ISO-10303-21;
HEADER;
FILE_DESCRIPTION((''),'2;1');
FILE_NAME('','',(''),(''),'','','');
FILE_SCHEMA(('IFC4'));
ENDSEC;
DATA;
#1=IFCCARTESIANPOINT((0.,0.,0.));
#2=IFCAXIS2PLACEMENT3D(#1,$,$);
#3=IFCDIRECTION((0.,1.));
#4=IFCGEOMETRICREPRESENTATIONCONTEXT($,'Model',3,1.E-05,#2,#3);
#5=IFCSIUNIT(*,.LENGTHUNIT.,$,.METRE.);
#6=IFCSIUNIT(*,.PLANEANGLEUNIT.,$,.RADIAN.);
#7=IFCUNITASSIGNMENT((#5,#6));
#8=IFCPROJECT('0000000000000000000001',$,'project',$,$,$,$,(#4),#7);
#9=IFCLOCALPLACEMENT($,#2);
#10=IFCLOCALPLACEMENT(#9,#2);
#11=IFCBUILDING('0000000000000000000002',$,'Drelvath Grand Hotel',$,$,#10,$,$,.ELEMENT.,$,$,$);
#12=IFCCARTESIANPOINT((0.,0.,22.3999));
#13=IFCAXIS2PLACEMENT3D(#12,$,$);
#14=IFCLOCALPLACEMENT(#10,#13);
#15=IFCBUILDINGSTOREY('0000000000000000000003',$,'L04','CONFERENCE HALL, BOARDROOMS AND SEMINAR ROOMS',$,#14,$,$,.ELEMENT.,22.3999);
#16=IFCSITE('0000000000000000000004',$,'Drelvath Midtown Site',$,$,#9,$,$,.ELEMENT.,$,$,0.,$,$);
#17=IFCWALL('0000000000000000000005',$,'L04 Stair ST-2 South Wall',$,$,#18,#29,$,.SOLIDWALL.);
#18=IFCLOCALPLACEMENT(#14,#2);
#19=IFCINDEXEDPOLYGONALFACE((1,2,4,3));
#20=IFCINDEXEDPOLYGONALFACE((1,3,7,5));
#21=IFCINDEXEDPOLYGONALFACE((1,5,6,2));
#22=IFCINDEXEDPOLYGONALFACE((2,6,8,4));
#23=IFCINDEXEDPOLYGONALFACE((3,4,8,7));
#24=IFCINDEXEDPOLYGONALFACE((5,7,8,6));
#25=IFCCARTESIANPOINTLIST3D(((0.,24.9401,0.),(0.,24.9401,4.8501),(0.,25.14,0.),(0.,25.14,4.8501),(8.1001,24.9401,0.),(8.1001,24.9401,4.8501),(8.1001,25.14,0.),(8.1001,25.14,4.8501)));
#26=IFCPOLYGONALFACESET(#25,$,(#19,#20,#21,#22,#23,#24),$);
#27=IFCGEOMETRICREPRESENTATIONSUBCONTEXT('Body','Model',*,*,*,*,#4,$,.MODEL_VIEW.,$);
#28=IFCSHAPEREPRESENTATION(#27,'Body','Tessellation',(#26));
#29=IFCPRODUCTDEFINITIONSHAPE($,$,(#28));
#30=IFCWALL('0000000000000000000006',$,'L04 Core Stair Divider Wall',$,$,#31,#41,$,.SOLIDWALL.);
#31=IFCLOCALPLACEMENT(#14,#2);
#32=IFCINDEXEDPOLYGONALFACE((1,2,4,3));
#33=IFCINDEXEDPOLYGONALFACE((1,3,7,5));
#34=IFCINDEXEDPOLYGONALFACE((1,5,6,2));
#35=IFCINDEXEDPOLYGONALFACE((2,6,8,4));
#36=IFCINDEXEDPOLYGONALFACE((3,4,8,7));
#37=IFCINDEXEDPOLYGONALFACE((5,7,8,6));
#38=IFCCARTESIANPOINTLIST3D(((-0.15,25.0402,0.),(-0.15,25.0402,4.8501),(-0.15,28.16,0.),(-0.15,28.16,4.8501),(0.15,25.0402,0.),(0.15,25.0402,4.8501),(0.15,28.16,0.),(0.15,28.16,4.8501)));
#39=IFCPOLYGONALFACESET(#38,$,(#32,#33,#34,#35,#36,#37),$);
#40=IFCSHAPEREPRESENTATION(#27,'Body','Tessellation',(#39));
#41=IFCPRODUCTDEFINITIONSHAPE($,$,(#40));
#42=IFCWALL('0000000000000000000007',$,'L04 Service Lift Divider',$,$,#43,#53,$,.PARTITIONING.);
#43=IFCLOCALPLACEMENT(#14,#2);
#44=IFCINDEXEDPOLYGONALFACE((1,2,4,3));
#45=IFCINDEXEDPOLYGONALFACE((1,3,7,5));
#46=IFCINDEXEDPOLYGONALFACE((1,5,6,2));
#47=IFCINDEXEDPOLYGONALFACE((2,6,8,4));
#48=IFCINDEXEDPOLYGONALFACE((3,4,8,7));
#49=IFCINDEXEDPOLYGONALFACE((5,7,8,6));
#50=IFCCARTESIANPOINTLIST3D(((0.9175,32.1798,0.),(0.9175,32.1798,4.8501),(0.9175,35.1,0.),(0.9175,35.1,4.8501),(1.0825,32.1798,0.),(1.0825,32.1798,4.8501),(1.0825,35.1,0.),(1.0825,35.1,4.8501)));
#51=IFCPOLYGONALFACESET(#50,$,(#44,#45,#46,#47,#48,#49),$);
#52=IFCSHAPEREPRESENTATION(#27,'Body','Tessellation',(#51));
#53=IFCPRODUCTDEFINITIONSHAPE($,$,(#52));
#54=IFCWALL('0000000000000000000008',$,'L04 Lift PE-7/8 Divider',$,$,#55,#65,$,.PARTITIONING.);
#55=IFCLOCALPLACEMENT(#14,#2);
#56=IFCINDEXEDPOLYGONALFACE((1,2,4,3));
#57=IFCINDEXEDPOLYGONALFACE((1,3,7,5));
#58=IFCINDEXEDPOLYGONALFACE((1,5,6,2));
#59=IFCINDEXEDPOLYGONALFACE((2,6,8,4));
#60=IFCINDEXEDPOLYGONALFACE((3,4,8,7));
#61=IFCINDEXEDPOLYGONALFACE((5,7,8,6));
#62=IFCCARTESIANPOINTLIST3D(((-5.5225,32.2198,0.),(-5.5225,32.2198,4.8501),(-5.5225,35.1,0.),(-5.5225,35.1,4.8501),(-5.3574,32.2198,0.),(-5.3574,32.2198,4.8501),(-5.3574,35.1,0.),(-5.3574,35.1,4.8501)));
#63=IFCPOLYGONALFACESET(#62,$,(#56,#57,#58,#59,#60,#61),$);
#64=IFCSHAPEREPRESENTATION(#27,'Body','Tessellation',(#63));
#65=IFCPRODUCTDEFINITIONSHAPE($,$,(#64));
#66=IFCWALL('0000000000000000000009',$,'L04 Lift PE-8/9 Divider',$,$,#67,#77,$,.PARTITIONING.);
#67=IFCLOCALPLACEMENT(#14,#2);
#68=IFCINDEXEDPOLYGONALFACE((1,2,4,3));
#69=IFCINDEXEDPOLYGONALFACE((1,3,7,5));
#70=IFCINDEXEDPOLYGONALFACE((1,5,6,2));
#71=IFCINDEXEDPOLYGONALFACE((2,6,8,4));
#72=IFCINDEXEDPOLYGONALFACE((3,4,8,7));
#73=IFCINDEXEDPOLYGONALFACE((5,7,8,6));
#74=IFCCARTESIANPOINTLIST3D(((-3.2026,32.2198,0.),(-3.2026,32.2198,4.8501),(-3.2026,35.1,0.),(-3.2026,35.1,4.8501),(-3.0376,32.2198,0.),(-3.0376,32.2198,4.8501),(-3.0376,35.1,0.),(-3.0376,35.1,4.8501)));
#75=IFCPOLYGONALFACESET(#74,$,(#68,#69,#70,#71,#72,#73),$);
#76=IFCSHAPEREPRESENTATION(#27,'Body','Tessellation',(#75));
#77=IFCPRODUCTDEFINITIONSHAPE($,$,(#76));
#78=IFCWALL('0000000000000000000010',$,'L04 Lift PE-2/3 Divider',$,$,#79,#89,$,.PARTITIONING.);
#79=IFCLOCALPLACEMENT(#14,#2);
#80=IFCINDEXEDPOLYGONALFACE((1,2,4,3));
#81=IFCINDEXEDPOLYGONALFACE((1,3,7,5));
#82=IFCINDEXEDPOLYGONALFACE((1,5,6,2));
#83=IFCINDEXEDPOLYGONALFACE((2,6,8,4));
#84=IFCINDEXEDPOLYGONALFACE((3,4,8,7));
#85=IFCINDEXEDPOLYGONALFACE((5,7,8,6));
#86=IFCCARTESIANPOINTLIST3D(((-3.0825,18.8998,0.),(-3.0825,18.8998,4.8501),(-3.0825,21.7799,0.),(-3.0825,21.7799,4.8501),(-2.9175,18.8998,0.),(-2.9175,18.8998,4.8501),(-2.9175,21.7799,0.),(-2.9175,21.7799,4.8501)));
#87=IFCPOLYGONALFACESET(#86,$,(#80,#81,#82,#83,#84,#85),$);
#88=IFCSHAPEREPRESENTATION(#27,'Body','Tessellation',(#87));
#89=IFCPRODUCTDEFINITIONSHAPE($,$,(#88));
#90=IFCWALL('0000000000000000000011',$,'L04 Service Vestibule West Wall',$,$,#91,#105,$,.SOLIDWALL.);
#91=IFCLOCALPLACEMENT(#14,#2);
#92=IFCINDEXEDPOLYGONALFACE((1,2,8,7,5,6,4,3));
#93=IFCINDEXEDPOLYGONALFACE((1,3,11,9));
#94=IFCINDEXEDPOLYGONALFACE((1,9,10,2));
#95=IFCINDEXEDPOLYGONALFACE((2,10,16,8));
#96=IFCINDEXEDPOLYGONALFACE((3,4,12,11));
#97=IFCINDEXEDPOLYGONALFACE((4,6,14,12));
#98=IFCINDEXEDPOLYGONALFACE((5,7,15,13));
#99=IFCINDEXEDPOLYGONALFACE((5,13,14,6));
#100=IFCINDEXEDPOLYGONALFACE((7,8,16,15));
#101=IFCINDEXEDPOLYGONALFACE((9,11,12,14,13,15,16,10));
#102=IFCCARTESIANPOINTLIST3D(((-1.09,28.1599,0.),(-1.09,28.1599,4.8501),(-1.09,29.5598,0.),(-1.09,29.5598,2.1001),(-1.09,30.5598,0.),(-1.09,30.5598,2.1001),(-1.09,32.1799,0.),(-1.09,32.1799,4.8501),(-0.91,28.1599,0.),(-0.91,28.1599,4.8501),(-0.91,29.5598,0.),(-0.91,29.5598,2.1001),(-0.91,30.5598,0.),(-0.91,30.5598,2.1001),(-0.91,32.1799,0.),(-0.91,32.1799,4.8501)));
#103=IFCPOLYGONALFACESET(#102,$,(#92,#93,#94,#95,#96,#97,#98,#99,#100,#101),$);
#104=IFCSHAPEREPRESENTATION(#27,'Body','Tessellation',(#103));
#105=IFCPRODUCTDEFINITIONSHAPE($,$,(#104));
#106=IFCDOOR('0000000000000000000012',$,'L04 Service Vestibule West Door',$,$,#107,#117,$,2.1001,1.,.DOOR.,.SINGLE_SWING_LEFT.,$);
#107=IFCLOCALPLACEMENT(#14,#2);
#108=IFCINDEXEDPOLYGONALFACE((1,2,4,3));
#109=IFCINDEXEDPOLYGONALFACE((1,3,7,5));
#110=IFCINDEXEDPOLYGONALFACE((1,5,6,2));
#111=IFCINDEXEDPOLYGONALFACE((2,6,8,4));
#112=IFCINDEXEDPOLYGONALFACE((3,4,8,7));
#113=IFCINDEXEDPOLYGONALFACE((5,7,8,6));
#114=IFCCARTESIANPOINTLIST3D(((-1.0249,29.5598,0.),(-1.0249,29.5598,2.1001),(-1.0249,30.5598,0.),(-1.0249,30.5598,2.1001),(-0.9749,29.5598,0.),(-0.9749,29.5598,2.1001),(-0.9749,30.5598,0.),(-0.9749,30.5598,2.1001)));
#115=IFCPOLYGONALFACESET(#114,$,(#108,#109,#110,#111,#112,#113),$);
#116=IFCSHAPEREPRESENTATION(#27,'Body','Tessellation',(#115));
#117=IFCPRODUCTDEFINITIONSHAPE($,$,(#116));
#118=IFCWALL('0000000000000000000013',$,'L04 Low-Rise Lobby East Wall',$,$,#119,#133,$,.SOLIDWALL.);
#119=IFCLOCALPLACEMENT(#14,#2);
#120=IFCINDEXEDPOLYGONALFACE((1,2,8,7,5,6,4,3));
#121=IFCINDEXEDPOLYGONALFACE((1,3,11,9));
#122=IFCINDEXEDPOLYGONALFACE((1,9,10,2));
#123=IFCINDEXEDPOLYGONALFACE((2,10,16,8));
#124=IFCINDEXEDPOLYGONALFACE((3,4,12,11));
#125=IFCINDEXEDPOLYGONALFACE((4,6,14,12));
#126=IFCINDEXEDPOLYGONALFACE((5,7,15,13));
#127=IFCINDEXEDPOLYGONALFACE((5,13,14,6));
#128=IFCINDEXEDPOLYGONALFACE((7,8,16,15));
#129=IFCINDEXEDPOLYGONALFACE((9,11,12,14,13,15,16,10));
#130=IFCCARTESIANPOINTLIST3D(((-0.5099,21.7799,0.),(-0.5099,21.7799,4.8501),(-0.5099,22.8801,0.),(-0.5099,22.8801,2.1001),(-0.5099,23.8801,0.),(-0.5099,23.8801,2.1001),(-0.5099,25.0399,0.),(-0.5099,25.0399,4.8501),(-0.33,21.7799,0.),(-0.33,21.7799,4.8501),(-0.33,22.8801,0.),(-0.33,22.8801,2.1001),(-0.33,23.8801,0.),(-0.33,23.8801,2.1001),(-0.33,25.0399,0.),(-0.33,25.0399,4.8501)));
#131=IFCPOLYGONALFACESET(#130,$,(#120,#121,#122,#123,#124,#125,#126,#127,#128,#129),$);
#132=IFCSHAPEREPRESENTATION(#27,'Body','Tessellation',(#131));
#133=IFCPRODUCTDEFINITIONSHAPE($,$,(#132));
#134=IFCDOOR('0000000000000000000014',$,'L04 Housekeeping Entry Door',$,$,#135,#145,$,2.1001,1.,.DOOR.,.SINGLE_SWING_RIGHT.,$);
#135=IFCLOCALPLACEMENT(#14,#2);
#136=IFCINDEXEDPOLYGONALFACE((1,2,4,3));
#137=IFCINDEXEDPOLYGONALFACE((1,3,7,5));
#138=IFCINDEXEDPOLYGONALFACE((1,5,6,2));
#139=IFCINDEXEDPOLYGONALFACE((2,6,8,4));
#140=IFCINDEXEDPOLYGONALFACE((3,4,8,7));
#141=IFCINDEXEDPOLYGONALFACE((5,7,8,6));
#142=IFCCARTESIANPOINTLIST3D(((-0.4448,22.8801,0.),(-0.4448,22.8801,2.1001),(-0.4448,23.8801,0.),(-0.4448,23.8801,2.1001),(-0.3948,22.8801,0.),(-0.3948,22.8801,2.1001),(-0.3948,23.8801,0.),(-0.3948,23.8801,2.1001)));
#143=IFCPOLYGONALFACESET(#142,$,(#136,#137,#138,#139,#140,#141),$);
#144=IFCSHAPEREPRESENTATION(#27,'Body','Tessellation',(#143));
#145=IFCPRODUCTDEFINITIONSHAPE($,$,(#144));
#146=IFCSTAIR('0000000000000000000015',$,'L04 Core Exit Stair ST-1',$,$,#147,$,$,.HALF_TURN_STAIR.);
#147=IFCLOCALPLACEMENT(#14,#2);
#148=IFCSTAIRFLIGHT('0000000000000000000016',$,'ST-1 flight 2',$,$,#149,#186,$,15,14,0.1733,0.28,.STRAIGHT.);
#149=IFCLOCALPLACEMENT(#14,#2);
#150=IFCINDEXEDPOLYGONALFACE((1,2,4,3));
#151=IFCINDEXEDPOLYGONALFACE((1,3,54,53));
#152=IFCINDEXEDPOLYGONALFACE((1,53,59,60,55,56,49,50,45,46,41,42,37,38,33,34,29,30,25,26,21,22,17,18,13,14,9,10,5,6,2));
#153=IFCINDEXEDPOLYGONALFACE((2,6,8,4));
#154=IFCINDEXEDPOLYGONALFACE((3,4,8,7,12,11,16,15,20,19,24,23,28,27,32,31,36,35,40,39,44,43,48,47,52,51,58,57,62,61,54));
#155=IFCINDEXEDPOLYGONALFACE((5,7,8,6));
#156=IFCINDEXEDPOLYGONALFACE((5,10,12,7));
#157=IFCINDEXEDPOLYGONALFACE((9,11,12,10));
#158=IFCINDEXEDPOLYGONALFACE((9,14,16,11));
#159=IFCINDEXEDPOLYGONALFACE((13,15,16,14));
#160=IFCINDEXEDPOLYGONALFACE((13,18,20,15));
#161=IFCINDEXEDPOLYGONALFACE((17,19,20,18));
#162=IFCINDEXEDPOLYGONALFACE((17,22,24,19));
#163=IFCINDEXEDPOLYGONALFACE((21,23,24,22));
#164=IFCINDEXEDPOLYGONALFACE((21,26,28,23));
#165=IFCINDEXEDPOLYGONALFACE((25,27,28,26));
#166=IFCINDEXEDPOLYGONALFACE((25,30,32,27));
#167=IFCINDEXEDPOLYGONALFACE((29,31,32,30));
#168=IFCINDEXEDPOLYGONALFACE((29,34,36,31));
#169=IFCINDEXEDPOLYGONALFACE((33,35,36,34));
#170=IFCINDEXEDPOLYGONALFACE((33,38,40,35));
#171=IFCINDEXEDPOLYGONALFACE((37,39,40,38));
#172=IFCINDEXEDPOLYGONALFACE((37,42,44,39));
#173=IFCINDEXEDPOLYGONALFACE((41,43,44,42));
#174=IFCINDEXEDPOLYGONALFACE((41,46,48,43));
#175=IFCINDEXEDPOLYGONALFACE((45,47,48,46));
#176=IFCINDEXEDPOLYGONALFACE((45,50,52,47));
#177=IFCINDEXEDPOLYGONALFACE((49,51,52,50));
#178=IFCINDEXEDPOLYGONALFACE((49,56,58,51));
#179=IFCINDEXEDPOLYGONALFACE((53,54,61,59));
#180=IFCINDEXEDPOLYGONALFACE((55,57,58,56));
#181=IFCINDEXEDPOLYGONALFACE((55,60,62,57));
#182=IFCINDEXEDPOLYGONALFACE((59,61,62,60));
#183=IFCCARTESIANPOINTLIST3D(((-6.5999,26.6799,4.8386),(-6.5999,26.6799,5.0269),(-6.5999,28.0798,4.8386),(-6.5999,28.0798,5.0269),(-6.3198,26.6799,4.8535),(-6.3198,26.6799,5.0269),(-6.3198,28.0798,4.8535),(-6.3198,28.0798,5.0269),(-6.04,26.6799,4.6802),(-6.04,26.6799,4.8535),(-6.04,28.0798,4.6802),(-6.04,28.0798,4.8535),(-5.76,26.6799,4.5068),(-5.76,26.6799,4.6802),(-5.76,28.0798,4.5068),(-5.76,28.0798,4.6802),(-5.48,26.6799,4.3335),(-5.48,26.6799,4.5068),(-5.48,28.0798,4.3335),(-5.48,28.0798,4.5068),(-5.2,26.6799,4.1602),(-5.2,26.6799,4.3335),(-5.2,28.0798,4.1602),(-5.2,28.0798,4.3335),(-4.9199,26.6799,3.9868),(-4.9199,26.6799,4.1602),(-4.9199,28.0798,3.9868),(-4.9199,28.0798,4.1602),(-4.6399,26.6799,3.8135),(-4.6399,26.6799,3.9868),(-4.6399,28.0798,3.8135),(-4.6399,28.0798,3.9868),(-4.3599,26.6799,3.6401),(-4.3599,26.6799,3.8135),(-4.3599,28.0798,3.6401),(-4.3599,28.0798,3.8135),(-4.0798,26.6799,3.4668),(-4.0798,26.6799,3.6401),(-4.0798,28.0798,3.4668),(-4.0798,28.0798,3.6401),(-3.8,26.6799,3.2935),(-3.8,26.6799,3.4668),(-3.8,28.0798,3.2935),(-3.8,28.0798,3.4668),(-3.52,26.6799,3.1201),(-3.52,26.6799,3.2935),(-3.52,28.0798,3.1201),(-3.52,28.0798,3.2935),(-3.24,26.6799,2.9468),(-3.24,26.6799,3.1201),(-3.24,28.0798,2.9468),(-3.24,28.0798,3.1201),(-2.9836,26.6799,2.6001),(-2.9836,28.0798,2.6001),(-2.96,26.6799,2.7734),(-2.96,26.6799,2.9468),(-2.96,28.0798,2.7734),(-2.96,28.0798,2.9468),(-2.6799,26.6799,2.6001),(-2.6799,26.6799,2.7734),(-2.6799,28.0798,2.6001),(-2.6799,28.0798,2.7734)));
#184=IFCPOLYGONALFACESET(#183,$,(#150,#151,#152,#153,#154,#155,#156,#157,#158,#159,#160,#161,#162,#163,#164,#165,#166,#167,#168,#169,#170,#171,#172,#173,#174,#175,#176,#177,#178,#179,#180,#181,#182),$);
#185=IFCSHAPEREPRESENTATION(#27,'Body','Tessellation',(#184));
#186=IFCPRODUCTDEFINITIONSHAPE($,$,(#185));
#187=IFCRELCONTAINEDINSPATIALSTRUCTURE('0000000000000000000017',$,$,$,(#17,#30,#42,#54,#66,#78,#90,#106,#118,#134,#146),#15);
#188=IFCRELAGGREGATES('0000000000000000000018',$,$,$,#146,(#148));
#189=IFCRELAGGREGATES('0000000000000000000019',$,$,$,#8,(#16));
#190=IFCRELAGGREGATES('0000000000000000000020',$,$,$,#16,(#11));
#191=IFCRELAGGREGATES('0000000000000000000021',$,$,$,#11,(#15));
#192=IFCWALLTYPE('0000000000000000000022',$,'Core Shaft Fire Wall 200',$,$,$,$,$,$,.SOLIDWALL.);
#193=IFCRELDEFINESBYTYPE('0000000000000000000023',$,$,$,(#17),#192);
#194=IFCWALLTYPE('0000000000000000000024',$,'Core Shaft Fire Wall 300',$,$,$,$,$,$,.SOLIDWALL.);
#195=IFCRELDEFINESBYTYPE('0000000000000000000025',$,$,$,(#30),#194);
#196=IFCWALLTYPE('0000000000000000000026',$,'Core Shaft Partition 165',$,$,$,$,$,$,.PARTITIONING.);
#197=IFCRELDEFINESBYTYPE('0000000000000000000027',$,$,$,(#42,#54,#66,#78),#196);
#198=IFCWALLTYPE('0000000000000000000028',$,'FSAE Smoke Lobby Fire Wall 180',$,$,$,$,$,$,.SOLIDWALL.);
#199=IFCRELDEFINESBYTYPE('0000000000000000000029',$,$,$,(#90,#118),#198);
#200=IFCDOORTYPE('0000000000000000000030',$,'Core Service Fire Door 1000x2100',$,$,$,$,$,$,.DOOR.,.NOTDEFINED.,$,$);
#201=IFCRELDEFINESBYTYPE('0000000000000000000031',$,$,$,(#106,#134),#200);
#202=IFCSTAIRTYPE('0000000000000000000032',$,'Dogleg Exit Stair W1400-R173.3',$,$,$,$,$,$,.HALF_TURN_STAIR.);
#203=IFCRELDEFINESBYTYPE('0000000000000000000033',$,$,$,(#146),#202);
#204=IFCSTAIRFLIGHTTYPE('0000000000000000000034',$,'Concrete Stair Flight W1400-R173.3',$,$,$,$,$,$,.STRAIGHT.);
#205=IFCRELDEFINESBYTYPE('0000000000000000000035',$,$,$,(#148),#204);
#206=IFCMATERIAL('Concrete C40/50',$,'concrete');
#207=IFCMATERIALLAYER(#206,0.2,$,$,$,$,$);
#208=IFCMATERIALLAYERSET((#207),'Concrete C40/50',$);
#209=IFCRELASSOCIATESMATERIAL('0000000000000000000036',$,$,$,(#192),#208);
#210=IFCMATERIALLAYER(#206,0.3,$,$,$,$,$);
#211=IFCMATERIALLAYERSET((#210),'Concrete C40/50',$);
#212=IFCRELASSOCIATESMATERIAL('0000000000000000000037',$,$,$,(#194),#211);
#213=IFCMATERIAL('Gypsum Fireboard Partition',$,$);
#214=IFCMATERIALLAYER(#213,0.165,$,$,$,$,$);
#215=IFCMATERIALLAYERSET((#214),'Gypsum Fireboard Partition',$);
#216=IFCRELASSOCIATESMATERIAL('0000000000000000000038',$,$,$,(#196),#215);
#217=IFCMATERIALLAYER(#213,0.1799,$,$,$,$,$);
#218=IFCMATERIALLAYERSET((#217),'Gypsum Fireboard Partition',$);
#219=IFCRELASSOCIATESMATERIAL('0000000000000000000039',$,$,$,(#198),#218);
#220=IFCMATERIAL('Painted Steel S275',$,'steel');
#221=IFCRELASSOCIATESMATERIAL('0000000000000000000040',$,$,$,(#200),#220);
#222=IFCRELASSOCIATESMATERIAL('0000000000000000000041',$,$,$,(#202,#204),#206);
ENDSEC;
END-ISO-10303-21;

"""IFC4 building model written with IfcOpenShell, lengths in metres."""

from ifc_helpers import new_model, si_unit, direction, frame, frame_2d, origin, place, context, subcontext, project, spatial, polyline, rectangle, outline, extrude, material, layer, layer_set, type_object, element, fill, aggregate, save


model = new_model("IFC4")

# Units and contexts
model_context = context("Model", 3, precision=1e-05, world=origin(), true_north=direction((0.0, 1.0)))
body_context = subcontext(model_context, "Body", "Model", "MODEL_VIEW")
ifc_project = project(units=[si_unit("LENGTHUNIT", "METRE"), si_unit("PLANEANGLEUNIT", "RADIAN")], contexts=[model_context])

# Site, building, storey
site_placement = place(None, origin())
site = spatial("IfcSite", under=ifc_project, at=site_placement, Name="Drelvath Midtown Site", CompositionType="ELEMENT", RefElevation=0.0)
building_placement = place(site_placement, origin())
building = spatial("IfcBuilding", under=site, at=building_placement, Name="Drelvath Grand Hotel", CompositionType="ELEMENT")
storey_placement = place(building_placement, frame((0.0, 0.0, 22.3999)))
storey = spatial("IfcBuildingStorey", under=building, at=storey_placement, Name="L04", Description="CONFERENCE HALL, BOARDROOMS AND SEMINAR ROOMS", CompositionType="ELEMENT", Elevation=22.3999)

# Shared definitions
ifc_material_1 = material(Name="Concrete C40/50", Category="concrete")

# Walls
ifc_layer_1 = layer(ifc_material_1, 0.2)
ifc_layer_set_1 = layer_set([ifc_layer_1], Name="Concrete C40/50")
wall_type_1 = type_object("IfcWallType", Name="Core Shaft Fire Wall 200", PredefinedType="SOLIDWALL", material=ifc_layer_set_1)
wall_1_placement = place(storey_placement, frame((0.0, 25.04, 0.0), z_axis=(0.0, 0.0, 1.0), x_axis=(1.0, 0.0, 0.0)))
element("IfcWall", 1, at=wall_1_placement, inside=storey, type_object=wall_type_1, Name="L04 Stair ST-2 South Wall", PredefinedType="SOLIDWALL", context=body_context, shape_type="SweptSolid", body=[
    extrude(rectangle(XDim=8.1001, YDim=0.2, at=frame_2d((4.05, 0.0))), origin(), (0.0, 0.0, 1.0), 4.8501),
])
ifc_layer_2 = layer(ifc_material_1, 0.3)
ifc_layer_set_2 = layer_set([ifc_layer_2], Name="Concrete C40/50")
wall_type_2 = type_object("IfcWallType", Name="Core Shaft Fire Wall 300", PredefinedType="SOLIDWALL", material=ifc_layer_set_2)
wall_2_placement = place(storey_placement, frame((0.0, 25.04, 0.0), z_axis=(0.0, 0.0, 1.0), x_axis=(0.0, 1.0, 0.0)))
element("IfcWall", 2, at=wall_2_placement, inside=storey, type_object=wall_type_2, Name="L04 Core Stair Divider Wall", PredefinedType="SOLIDWALL", context=body_context, shape_type="SweptSolid", body=[
    extrude(rectangle(XDim=3.1199, YDim=0.3, at=frame_2d((1.5601, 0.0))), origin(), (0.0, 0.0, 1.0), 4.8501),
])
ifc_material_2 = material(Name="Gypsum Fireboard Partition")
ifc_layer_3 = layer(ifc_material_2, 0.165)
ifc_layer_set_3 = layer_set([ifc_layer_3], Name="Gypsum Fireboard Partition")
wall_type_3 = type_object("IfcWallType", Name="Core Shaft Partition 165", PredefinedType="PARTITIONING", material=ifc_layer_set_3)
wall_3_placement = place(storey_placement, frame((1.0, 32.1799, 0.0), z_axis=(0.0, 0.0, 1.0), x_axis=(0.0, 1.0, 0.0)))
element("IfcWall", 3, at=wall_3_placement, inside=storey, type_object=wall_type_3, Name="L04 Service Lift Divider", PredefinedType="PARTITIONING", context=body_context, shape_type="SweptSolid", body=[
    extrude(rectangle(XDim=2.9202, YDim=0.165, at=frame_2d((1.46, 0.0))), origin(), (0.0, 0.0, 1.0), 4.8501),
])
for number, where, z_axis, x_axis, name in (
    (4, (-5.4399, 32.22, 0.0), (0.0, 0.0, 1.0), (0.0, 1.0, 0.0), "L04 Lift PE-7/8 Divider"),
    (5, (-3.1201, 32.22, 0.0), (0.0, 0.0, 1.0), (0.0, 1.0, 0.0), "L04 Lift PE-8/9 Divider"),
    (6, (-3.0, 18.8999, 0.0), (0.0, 0.0, 1.0), (0.0, 1.0, 0.0), "L04 Lift PE-2/3 Divider"),
):
    element("IfcWall", number, at=place(storey_placement, frame(where, z_axis=z_axis, x_axis=x_axis)), inside=storey, type_object=wall_type_3, Name=name, PredefinedType="PARTITIONING", context=body_context, shape_type="SweptSolid", body=[
        extrude(rectangle(XDim=2.8801, YDim=0.165, at=frame_2d((1.4399, 0.0))), origin(), (0.0, 0.0, 1.0), 4.8501),
    ])

# Walls, openings, doors
ifc_layer_4 = layer(ifc_material_2, 0.1799)
ifc_layer_set_4 = layer_set([ifc_layer_4], Name="Gypsum Fireboard Partition")
wall_type_4 = type_object("IfcWallType", Name="FSAE Smoke Lobby Fire Wall 180", PredefinedType="SOLIDWALL", material=ifc_layer_set_4)
wall_4_placement = place(storey_placement, frame((-1.0, 28.1599, 0.0), z_axis=(0.0, 0.0, 1.0), x_axis=(0.0, 1.0, 0.0)))
wall_4 = element("IfcWall", 7, at=wall_4_placement, inside=storey, type_object=wall_type_4, Name="L04 Service Vestibule West Wall", PredefinedType="SOLIDWALL", context=body_context, shape_type="SweptSolid", body=[
    extrude(rectangle(XDim=4.02, YDim=0.1799, at=frame_2d((2.01, 0.0))), origin(), (0.0, 0.0, 1.0), 4.8501),
])
opening_1_placement = place(wall_4_placement, frame((1.3999, 0.0, 0.0)))
opening_1 = element("IfcOpeningElement", 8, at=opening_1_placement, cuts=wall_4, PredefinedType="OPENING", context=body_context, shape_type="SweptSolid", body=[
    extrude(rectangle(XDim=1.0, YDim=2.1001, at=frame_2d((0.5, 1.05))), frame((0.0, 0.0999, 0.0), z_axis=(0.0, -1.0, 0.0), x_axis=(1.0, 0.0, 0.0)), (0.0, 0.0, 1.0), 0.2),
])
ifc_material_3 = material(Name="Painted Steel S275", Category="steel")
door_type_1 = type_object("IfcDoorType", Name="Core Service Fire Door 1000x2100", OperationType="NOTDEFINED", PredefinedType="DOOR", material=ifc_material_3)
door_1_placement = place(opening_1_placement, origin())
door_1 = element("IfcDoor", 9, at=door_1_placement, inside=storey, type_object=door_type_1, Name="L04 Service Vestibule West Door", OperationType="SINGLE_SWING_LEFT", OverallHeight=2.1001, OverallWidth=1.0, PredefinedType="DOOR", context=body_context, shape_type="SweptSolid", body=[
    extrude(rectangle(XDim=1.0, YDim=2.1001, at=frame_2d((0.5, 1.05))), frame((0.0, 0.0249, 0.0), z_axis=(0.0, -1.0, 0.0), x_axis=(1.0, 0.0, 0.0)), (0.0, 0.0, 1.0), 0.05),
])
fill(opening_1, door_1)
wall_5_placement = place(storey_placement, frame((-0.4199, 21.78, 0.0), z_axis=(0.0, 0.0, 1.0), x_axis=(0.0, 1.0, 0.0)))
wall_5 = element("IfcWall", 10, at=wall_5_placement, inside=storey, type_object=wall_type_4, Name="L04 Low-Rise Lobby East Wall", PredefinedType="SOLIDWALL", context=body_context, shape_type="SweptSolid", body=[
    extrude(rectangle(XDim=3.26, YDim=0.1799, at=frame_2d((1.6299, 0.0))), origin(), (0.0, 0.0, 1.0), 4.8501),
])
opening_2_placement = place(wall_5_placement, frame((1.1001, 0.0, 0.0)))
opening_2 = element("IfcOpeningElement", 11, at=opening_2_placement, cuts=wall_5, PredefinedType="OPENING", context=body_context, shape_type="SweptSolid", body=[
    extrude(rectangle(XDim=1.0, YDim=2.1001, at=frame_2d((0.5, 1.05))), frame((0.0, 0.0999, 0.0), z_axis=(0.0, -1.0, 0.0), x_axis=(1.0, 0.0, 0.0)), (0.0, 0.0, 1.0), 0.2),
])
door_2_placement = place(opening_2_placement, origin())
door_2 = element("IfcDoor", 12, at=door_2_placement, inside=storey, type_object=door_type_1, Name="L04 Housekeeping Entry Door", OperationType="SINGLE_SWING_RIGHT", OverallHeight=2.1001, OverallWidth=1.0, PredefinedType="DOOR", context=body_context, shape_type="SweptSolid", body=[
    extrude(rectangle(XDim=1.0, YDim=2.1001, at=frame_2d((0.5, 1.05))), frame((0.0, 0.0249, 0.0), z_axis=(0.0, -1.0, 0.0), x_axis=(1.0, 0.0, 0.0)), (0.0, 0.0, 1.0), 0.05),
])
fill(opening_2, door_2)

# Stair, stair flight
stair_type = type_object("IfcStairType", Name="Dogleg Exit Stair W1400-R173.3", PredefinedType="HALF_TURN_STAIR", material=ifc_material_1)
stair_placement = place(storey_placement, origin())
stair = element("IfcStair", 13, at=stair_placement, inside=storey, type_object=stair_type, Name="L04 Core Exit Stair ST-1", PredefinedType="HALF_TURN_STAIR")
stair_flight_type = type_object("IfcStairFlightType", Name="Concrete Stair Flight W1400-R173.3", PredefinedType="STRAIGHT", material=ifc_material_1)
stair_flight_placement = place(storey_placement, frame((-2.6799, 27.3799, 2.6001), z_axis=(0.0, 0.0, 1.0), x_axis=(-1.0, 0.0, 0.0)))
stair_flight = element("IfcStairFlight", 14, at=stair_flight_placement, type_object=stair_flight_type, Name="ST-1 flight 2", NumberOfRisers=15, NumberOfTreads=14, PredefinedType="STRAIGHT", RiserHeight=0.1733, TreadLength=0.28, context=body_context, shape_type="SweptSolid", body=[
    extrude(outline(polyline([(0.0, 0.0), (0.0, 0.1733), (0.28, 0.1733), (0.28, 0.3467), (0.5601, 0.3467), (0.5601, 0.52), (0.8401, 0.52), (0.8401, 0.6934), (1.1201, 0.6934), (1.1201, 0.8667), (1.3999, 0.8667), (1.3999, 1.04), (1.6799, 1.04), (1.6799, 1.2134), (1.96, 1.2134), (1.96, 1.3867), (2.24, 1.3867), (2.24, 1.5601), (2.52, 1.5601), (2.52, 1.7334), (2.8, 1.7334), (2.8, 1.9067), (3.0801, 1.9067), (3.0801, 2.0801), (3.3601, 2.0801), (3.3601, 2.2534), (3.6399, 2.2534), (3.6399, 2.4268), (3.9199, 2.4268), (3.9199, 2.6001), (3.9199, 2.2385), (0.3037, 0.0), (0.0, 0.0)])), frame((0.0, 0.7, 0.0), z_axis=(0.0, -1.0, 0.0), x_axis=(1.0, 0.0, 0.0)), (0.0, 0.0, 1.0), 1.3999),
])
aggregate(stair, [stair_flight])

save(model, "model.ifc")
